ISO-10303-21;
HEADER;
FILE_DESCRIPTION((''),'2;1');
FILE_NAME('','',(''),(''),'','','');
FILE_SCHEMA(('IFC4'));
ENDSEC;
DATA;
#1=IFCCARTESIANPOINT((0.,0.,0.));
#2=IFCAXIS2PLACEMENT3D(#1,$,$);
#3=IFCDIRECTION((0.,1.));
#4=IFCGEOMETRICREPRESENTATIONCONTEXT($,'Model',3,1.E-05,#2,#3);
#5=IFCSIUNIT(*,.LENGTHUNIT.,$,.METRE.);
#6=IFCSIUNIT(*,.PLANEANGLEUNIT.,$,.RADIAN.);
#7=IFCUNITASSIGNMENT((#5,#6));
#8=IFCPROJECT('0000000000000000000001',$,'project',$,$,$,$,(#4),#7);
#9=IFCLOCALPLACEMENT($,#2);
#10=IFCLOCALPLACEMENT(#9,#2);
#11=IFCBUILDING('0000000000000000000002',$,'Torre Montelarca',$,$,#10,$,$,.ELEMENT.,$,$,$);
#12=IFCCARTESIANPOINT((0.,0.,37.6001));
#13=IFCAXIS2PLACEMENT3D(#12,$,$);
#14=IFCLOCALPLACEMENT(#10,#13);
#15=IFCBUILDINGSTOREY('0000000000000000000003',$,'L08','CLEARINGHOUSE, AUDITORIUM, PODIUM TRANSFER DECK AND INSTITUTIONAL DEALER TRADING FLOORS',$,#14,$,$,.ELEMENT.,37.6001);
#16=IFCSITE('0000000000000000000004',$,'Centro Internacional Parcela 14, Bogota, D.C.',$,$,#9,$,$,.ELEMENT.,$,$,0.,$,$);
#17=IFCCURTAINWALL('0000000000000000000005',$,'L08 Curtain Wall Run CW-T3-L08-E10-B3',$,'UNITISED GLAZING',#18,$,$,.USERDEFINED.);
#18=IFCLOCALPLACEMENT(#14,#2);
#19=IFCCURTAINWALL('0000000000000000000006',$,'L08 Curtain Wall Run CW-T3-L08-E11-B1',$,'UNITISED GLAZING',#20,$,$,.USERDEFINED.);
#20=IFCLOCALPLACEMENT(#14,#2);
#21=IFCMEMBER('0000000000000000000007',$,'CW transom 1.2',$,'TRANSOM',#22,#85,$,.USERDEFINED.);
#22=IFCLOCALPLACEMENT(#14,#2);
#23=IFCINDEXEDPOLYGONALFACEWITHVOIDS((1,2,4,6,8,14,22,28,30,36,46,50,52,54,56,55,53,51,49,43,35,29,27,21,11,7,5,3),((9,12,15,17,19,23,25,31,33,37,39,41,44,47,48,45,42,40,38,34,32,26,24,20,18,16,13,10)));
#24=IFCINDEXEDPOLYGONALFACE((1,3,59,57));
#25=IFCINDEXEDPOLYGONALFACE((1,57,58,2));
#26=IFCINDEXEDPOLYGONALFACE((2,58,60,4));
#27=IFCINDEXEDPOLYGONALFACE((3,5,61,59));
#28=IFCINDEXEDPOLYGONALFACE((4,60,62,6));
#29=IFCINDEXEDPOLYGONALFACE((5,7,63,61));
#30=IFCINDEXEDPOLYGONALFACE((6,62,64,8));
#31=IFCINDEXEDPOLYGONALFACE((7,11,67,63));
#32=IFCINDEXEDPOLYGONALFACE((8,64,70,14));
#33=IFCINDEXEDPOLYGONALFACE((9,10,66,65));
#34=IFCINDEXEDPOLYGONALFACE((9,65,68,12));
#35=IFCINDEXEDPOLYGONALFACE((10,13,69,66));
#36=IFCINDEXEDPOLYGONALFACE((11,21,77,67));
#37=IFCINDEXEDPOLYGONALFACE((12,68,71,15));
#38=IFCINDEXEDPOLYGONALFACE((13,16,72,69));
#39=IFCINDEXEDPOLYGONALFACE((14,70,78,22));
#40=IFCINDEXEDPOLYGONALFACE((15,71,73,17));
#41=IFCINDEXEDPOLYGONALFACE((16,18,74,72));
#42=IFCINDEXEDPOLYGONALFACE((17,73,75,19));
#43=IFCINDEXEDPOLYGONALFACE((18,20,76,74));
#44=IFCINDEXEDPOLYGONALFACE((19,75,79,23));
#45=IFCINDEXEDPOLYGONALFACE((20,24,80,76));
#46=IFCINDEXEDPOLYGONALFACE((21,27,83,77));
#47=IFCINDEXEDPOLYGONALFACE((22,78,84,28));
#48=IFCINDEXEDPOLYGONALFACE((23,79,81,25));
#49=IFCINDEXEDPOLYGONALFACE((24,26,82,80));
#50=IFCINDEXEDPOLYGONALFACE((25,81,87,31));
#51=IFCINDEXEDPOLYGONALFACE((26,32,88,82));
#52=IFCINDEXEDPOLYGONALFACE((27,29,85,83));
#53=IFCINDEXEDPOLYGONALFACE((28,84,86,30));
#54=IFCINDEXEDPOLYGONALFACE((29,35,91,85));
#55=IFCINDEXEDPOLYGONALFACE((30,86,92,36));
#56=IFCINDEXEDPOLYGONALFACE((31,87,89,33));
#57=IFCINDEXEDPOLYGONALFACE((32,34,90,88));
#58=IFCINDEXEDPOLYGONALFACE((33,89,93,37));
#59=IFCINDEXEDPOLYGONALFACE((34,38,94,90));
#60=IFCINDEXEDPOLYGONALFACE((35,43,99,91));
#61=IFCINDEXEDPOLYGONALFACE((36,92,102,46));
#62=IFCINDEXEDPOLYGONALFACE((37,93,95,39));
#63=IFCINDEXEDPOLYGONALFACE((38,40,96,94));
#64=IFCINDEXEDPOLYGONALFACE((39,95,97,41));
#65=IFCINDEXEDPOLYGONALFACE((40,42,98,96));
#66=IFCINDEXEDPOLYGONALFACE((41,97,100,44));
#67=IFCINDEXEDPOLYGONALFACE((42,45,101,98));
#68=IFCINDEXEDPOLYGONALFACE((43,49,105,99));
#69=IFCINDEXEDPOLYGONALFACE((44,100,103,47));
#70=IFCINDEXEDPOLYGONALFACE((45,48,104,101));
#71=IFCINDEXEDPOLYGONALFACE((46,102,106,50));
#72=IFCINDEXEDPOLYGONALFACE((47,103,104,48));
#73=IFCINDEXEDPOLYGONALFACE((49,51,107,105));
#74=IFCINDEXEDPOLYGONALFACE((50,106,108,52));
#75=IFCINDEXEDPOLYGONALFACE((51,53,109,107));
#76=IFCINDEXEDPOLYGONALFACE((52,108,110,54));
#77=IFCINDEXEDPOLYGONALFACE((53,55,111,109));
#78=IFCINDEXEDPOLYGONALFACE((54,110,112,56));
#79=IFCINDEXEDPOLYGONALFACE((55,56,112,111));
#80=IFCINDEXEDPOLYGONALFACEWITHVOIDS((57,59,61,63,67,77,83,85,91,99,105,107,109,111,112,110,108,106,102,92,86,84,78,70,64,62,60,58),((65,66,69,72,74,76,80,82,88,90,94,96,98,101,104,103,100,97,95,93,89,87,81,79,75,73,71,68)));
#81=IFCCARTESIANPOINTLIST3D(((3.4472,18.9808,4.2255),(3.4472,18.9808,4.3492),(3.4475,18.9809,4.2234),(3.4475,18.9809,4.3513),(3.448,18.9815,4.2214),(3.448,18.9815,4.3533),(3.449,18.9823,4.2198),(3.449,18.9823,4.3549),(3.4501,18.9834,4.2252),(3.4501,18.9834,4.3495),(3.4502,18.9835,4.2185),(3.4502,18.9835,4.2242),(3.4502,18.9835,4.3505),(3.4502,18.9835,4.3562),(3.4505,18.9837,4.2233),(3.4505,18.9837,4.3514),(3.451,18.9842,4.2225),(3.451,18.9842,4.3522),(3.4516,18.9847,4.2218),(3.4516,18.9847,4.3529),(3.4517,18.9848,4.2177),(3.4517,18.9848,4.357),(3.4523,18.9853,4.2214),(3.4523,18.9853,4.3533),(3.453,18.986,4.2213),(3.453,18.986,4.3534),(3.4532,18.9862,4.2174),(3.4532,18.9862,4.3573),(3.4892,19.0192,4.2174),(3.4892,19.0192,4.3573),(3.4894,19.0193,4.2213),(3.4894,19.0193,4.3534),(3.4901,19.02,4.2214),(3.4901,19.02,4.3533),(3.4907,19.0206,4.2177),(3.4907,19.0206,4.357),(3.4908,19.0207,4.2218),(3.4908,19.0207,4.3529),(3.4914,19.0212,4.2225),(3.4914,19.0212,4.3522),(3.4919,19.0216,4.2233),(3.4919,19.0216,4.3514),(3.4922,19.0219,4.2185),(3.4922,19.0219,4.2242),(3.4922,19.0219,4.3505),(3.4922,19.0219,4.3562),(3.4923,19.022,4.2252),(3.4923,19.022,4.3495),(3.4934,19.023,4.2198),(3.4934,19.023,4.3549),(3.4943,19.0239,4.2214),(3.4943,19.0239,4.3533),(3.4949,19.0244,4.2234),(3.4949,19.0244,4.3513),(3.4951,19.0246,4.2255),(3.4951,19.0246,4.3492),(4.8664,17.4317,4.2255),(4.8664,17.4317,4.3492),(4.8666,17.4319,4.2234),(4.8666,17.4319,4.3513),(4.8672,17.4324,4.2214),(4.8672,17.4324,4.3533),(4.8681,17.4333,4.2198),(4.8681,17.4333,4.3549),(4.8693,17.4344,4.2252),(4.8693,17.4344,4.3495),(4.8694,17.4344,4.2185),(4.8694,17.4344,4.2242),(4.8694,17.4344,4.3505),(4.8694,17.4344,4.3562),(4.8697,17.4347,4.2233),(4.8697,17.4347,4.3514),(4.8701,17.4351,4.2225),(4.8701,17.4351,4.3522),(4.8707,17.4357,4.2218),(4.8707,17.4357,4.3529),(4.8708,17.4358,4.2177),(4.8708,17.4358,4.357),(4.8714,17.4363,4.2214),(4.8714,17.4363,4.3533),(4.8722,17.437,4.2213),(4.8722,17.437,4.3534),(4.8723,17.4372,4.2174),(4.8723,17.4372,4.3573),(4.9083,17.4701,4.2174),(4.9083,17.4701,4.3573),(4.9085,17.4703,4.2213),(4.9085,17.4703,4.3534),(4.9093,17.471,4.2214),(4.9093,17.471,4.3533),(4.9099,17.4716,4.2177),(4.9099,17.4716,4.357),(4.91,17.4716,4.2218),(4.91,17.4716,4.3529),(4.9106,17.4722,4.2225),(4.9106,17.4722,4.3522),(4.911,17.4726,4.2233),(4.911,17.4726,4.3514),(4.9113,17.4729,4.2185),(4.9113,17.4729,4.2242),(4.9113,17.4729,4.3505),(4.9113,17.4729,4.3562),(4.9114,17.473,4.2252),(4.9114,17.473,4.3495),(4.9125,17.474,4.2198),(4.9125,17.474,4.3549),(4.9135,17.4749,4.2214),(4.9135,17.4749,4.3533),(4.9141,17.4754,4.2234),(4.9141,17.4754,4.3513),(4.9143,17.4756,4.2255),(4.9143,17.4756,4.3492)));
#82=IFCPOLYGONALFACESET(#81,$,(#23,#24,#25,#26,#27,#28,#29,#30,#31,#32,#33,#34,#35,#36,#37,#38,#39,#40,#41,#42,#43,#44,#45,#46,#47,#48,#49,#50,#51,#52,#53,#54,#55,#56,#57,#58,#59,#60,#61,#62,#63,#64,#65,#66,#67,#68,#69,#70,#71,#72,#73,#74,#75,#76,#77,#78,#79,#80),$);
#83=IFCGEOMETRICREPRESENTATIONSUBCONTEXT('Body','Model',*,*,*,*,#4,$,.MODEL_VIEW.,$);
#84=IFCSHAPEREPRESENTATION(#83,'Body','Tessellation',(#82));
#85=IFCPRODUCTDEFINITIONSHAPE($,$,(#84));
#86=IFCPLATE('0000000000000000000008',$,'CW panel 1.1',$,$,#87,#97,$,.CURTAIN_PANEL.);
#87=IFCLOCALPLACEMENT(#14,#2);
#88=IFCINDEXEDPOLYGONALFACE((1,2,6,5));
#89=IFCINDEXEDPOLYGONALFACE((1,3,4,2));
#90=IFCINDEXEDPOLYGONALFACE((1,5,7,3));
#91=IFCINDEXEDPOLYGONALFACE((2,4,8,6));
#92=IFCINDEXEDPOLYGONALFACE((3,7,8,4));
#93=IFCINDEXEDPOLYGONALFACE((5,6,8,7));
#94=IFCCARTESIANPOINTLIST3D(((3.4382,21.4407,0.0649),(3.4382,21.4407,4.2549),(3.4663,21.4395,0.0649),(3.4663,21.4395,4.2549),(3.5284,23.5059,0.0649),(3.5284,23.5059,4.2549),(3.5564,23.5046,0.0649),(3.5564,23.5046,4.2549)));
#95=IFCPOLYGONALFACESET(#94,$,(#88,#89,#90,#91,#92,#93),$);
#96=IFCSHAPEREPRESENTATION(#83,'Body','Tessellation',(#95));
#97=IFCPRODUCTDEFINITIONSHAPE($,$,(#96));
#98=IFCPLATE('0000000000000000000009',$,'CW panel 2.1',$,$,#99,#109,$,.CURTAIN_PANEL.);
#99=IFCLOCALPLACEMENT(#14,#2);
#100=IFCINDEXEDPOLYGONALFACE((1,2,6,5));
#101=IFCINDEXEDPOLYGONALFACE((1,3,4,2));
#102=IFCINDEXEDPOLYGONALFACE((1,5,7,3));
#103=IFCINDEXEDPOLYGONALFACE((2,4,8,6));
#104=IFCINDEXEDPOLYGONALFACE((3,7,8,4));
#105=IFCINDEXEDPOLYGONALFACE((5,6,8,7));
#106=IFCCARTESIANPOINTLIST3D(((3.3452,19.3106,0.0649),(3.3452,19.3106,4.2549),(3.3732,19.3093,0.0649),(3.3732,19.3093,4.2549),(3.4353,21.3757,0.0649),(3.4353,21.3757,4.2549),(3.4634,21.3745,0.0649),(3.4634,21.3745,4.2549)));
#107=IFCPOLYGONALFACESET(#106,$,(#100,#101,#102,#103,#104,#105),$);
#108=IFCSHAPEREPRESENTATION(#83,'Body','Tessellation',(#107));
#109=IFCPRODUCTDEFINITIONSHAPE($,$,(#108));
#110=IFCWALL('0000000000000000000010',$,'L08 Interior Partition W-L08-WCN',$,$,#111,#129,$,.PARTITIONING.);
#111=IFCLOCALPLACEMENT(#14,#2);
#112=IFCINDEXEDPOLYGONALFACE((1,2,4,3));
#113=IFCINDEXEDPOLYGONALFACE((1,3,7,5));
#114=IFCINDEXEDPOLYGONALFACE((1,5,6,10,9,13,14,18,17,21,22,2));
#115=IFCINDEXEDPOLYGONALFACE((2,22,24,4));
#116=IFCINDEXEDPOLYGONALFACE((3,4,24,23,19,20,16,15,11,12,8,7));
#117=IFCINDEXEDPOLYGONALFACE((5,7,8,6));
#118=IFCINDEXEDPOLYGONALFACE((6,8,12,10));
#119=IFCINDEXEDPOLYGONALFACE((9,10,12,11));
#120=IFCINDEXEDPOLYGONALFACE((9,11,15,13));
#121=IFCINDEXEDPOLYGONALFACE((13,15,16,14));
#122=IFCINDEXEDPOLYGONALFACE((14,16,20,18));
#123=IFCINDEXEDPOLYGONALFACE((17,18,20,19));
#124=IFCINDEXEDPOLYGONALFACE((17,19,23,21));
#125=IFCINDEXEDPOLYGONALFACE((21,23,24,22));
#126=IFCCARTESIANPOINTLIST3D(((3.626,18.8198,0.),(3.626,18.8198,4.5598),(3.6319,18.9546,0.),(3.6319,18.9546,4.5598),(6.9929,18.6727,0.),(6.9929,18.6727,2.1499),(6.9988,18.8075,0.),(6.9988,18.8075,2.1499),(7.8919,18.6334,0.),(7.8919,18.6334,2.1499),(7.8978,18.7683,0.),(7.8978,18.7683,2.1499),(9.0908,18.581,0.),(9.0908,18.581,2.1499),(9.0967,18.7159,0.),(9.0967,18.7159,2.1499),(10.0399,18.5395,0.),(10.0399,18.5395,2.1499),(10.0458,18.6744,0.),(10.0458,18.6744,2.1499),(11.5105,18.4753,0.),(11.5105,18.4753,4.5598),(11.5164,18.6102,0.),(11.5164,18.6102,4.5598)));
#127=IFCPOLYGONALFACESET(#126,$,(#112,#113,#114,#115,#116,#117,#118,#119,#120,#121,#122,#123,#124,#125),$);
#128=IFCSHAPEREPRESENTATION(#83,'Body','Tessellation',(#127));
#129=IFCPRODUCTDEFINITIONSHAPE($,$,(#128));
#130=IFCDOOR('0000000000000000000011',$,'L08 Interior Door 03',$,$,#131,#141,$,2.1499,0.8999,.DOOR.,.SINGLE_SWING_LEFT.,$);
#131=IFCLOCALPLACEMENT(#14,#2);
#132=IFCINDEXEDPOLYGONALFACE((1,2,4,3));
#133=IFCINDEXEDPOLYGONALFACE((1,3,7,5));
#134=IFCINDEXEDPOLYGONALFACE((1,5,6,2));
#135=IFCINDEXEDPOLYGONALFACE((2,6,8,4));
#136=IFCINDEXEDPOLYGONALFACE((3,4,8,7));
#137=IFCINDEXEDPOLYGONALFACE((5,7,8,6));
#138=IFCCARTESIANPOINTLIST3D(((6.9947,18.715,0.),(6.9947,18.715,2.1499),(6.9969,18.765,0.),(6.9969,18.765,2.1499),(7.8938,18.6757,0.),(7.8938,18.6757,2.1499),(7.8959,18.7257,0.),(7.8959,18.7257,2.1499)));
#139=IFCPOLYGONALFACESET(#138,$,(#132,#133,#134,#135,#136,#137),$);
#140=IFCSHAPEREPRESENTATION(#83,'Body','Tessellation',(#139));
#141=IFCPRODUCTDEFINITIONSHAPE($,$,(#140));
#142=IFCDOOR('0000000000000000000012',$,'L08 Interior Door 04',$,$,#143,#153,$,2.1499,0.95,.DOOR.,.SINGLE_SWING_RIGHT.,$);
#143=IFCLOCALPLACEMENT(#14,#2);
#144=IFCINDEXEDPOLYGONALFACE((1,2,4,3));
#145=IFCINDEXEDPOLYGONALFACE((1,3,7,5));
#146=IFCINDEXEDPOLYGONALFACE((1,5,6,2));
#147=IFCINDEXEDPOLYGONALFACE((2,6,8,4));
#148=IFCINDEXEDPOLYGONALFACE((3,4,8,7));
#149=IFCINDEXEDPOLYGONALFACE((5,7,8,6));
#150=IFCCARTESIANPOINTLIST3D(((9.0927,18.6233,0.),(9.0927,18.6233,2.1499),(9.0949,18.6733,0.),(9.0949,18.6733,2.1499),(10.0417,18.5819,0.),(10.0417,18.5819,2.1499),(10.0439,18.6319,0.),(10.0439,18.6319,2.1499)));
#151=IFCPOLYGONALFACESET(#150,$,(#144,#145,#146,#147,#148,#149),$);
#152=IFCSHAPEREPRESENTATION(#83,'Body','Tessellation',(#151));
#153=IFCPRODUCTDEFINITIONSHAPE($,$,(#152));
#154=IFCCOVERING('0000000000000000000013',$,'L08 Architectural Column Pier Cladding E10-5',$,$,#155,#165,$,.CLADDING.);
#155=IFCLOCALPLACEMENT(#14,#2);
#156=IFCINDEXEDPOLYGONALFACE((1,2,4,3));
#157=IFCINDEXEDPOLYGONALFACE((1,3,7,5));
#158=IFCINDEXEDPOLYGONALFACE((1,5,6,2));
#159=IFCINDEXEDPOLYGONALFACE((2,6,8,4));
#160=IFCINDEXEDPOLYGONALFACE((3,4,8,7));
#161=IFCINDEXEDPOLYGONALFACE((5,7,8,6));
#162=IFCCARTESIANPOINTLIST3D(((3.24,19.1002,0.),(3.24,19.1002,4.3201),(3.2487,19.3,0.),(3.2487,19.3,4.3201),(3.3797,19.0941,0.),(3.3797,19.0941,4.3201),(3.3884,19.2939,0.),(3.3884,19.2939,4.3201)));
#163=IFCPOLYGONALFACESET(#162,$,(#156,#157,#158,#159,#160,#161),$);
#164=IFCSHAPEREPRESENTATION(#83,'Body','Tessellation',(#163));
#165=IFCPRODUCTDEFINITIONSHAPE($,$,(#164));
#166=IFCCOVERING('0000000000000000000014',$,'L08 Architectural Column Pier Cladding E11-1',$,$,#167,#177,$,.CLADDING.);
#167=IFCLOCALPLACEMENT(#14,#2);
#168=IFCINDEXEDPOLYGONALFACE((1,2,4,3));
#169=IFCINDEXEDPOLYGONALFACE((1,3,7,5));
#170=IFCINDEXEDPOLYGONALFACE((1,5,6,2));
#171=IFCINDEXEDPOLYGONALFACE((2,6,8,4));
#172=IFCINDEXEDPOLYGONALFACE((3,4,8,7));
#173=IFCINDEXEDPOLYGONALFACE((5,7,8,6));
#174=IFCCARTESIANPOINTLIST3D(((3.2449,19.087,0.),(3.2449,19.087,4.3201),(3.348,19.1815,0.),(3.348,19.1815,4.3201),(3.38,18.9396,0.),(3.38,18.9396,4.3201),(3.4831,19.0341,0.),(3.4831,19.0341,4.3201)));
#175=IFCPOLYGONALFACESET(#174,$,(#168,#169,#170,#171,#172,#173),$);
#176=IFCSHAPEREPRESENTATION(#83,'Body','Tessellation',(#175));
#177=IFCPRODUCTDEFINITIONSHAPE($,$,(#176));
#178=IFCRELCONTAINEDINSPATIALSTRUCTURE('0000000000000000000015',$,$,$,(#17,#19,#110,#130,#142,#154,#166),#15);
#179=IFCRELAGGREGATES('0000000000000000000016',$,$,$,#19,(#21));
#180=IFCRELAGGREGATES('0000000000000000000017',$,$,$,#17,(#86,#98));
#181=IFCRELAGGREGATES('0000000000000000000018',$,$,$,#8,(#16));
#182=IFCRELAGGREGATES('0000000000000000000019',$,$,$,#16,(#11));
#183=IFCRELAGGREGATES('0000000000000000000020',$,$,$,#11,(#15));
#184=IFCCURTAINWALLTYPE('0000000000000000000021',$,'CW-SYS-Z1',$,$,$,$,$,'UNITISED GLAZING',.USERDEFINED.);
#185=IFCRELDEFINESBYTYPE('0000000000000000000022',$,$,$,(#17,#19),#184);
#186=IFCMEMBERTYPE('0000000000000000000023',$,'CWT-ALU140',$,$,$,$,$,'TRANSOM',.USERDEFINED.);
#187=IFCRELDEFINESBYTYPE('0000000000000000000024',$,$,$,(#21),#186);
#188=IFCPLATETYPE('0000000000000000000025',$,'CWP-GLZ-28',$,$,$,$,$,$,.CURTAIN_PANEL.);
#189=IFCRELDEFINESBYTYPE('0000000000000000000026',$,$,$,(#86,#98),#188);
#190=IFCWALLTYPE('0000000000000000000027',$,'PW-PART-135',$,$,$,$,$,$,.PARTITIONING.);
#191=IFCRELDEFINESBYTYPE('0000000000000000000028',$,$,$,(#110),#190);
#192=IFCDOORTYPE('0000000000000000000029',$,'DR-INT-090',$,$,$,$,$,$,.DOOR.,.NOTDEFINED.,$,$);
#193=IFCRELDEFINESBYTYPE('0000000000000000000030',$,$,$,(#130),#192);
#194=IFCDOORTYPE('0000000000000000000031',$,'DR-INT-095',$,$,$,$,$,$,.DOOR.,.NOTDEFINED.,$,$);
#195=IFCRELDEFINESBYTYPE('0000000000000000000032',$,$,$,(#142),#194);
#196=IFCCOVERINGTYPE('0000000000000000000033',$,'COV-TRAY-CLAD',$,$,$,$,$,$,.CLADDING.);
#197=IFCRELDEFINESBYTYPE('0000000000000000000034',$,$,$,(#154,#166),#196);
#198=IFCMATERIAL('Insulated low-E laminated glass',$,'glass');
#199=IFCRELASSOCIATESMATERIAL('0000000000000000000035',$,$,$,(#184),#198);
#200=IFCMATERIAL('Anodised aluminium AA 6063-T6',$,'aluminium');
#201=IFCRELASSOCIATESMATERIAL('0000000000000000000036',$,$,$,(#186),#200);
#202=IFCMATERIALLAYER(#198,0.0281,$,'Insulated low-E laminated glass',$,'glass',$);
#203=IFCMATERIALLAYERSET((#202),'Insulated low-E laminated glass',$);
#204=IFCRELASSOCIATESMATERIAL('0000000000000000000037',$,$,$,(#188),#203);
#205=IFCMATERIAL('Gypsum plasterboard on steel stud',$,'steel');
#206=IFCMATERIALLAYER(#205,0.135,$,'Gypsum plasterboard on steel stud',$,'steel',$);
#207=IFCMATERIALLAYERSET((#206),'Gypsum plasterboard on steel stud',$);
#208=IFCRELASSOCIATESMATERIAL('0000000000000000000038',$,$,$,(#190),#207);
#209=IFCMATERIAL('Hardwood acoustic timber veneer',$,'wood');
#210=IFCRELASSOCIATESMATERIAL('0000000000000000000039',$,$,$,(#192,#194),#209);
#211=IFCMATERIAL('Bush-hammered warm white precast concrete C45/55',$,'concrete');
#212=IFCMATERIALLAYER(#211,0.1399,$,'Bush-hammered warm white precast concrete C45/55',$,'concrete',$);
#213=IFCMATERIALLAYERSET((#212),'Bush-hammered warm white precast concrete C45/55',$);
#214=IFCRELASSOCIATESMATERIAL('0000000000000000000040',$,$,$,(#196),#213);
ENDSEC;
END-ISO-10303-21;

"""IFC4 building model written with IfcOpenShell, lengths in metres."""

from ifc_helpers import new_model, si_unit, direction, frame, frame_2d, origin, origin_2d, place, context, subcontext, project, spatial, rectangle, hollow_rectangle, extrude, source, transform, mapped, material, layer, layer_set, material_profile, profile_set, type_object, element, fill, aggregate, save


model = new_model("IFC4")

# Units and contexts
model_context = context("Model", 3, precision=1e-05, world=origin(), true_north=direction((0.0, 1.0)))
body_context = subcontext(model_context, "Body", "Model", "MODEL_VIEW")
ifc_project = project(units=[si_unit("LENGTHUNIT", "METRE"), si_unit("PLANEANGLEUNIT", "RADIAN")], contexts=[model_context])

# Site, building, storey
site_placement = place(None, origin())
site = spatial("IfcSite", under=ifc_project, at=site_placement, Name="Centro Internacional Parcela 14, Bogota, D.C.", CompositionType="ELEMENT", RefElevation=0.0)
building_placement = place(site_placement, origin())
building = spatial("IfcBuilding", under=site, at=building_placement, Name="Torre Montelarca", CompositionType="ELEMENT")
storey_placement = place(building_placement, frame((0.0, 0.0, 37.6001)))
storey = spatial("IfcBuildingStorey", under=building, at=storey_placement, Name="L08", Description="CLEARINGHOUSE, AUDITORIUM, PODIUM TRANSFER DECK AND INSTITUTIONAL DEALER TRADING FLOORS", CompositionType="ELEMENT", Elevation=37.6001)

# Curtain wall
ifc_material_1 = material(Name="Insulated low-E laminated glass", Category="glass")
curtain_wall_type = type_object("IfcCurtainWallType", Name="CW-SYS-Z1", ElementType="UNITISED GLAZING", PredefinedType="USERDEFINED", material=ifc_material_1)
curtain_wall_1_placement = place(storey_placement, origin())
curtain_wall_1 = element("IfcCurtainWall", 1, at=curtain_wall_1_placement, inside=storey, type_object=curtain_wall_type, Name="L08 Curtain Wall Run CW-T3-L08-E10-B3", ObjectType="UNITISED GLAZING", PredefinedType="USERDEFINED")
ifc_material_2 = material(Name="Anodised aluminium AA 6063-T6", Category="aluminium")
ifc_material_profile_1 = material_profile(ifc_material_2, hollow_rectangle(XDim=0.0649, YDim=0.1399, WallThickness=0.0039, InnerFilletRadius=0.0039, OuterFilletRadius=0.0081, at=origin_2d()), Name="ALU65X140X4", Category="aluminium")
ifc_profile_set_1 = profile_set([ifc_material_profile_1], Name="Anodised aluminium AA 6063-T6")
member_type_1 = type_object("IfcMemberType", Name="CWT-ALU140", ElementType="TRANSOM", PredefinedType="USERDEFINED", material=ifc_profile_set_1)

# Curtain wall, member
curtain_wall_2_placement = place(storey_placement, origin())
curtain_wall_2 = element("IfcCurtainWall", 2, at=curtain_wall_2_placement, inside=storey, type_object=curtain_wall_type, Name="L08 Curtain Wall Run CW-T3-L08-E11-B1", ObjectType="UNITISED GLAZING", PredefinedType="USERDEFINED")
shared_shape_1 = source(origin(), body_context, "Body", "SweptSolid", [
    extrude(hollow_rectangle(XDim=0.0649, YDim=0.1399, WallThickness=0.0039, InnerFilletRadius=0.0039, OuterFilletRadius=0.0081, at=origin_2d()), origin(), (0.0, 0.0, 1.0), 2.1008),
])
member_1_placement = place(storey_placement, frame((3.4712, 19.0027, 4.2874), z_axis=(0.675519, -0.737342, 0.0), x_axis=(0.737342, 0.675519, 0.0)))
member_1 = element("IfcMember", 3, at=member_1_placement, type_object=member_type_1, Name="CW transom 1.2", ObjectType="TRANSOM", PredefinedType="USERDEFINED", context=body_context, shape_type="MappedRepresentation", body=[
    mapped(shared_shape_1, transform((0.0, 0.0, 0.0), scale=1.0)),
])
aggregate(curtain_wall_2, [member_1])

# Plates
ifc_layer_1 = layer(ifc_material_1, 0.0281, Name="Insulated low-E laminated glass", Category="glass")
ifc_layer_set_1 = layer_set([ifc_layer_1], Name="Insulated low-E laminated glass")
plate_type = type_object("IfcPlateType", Name="CWP-GLZ-28", PredefinedType="CURTAIN_PANEL", material=ifc_layer_set_1)
shared_shape_2 = source(origin(), body_context, "Body", "SweptSolid", [
    extrude(rectangle(XDim=2.0671, YDim=0.0281, at=origin_2d()), origin(), (0.0, 0.0, 1.0), 4.1899),
])
plate_1_placement = place(storey_placement, frame((3.4973, 22.4727, 0.0649), z_axis=(0.0, 0.0, 1.0), x_axis=(-0.043611, -0.999049, 0.0)))
plate_1 = element("IfcPlate", 4, at=plate_1_placement, type_object=plate_type, Name="CW panel 1.1", PredefinedType="CURTAIN_PANEL", context=body_context, shape_type="MappedRepresentation", body=[
    mapped(shared_shape_2, transform((0.0, 0.0, 0.0), scale=1.0)),
])
plate_2_placement = place(storey_placement, frame((3.4043, 20.3425, 0.0649), z_axis=(0.0, 0.0, 1.0), x_axis=(-0.043611, -0.999049, 0.0)))
plate_2 = element("IfcPlate", 5, at=plate_2_placement, type_object=plate_type, Name="CW panel 2.1", PredefinedType="CURTAIN_PANEL", context=body_context, shape_type="MappedRepresentation", body=[
    mapped(shared_shape_2, transform((0.0, 0.0, 0.0), scale=1.0)),
])
aggregate(curtain_wall_1, [plate_1, plate_2])

# Wall, openings, doors
ifc_material_3 = material(Name="Gypsum plasterboard on steel stud", Category="steel")
ifc_layer_2 = layer(ifc_material_3, 0.135, Name="Gypsum plasterboard on steel stud", Category="steel")
ifc_layer_set_2 = layer_set([ifc_layer_2], Name="Gypsum plasterboard on steel stud")
wall_type = type_object("IfcWallType", Name="PW-PART-135", PredefinedType="PARTITIONING", material=ifc_layer_set_2)
wall_placement = place(storey_placement, frame((3.6289, 18.8872, 0.0), z_axis=(0.0, 0.0, 1.0), x_axis=(0.999047, -0.043649, 0.0)))
wall = element("IfcWall", 6, at=wall_placement, inside=storey, type_object=wall_type, Name="L08 Interior Partition W-L08-WCN", PredefinedType="PARTITIONING", context=body_context, shape_type="SweptSolid", body=[
    extrude(rectangle(XDim=7.8921, YDim=0.135, at=frame_2d((3.946, 0.0))), origin(), (0.0, 0.0, 1.0), 4.5598),
])
opening_1_placement = place(wall_placement, frame((3.3701, 0.0, 0.0)))
opening_1 = element("IfcOpeningElement", 7, at=opening_1_placement, cuts=wall, PredefinedType="OPENING", context=body_context, shape_type="SweptSolid", body=[
    extrude(rectangle(XDim=0.8999, YDim=2.1499, at=frame_2d((0.45, 1.075))), frame((0.0, 0.0776, 0.0), z_axis=(0.0, -1.0, 0.0), x_axis=(1.0, 0.0, 0.0)), (0.0, 0.0, 1.0), 0.155),
])
opening_2_placement = place(wall_placement, frame((5.47, 0.0, 0.0)))
opening_2 = element("IfcOpeningElement", 8, at=opening_2_placement, cuts=wall, PredefinedType="OPENING", context=body_context, shape_type="SweptSolid", body=[
    extrude(rectangle(XDim=0.95, YDim=2.1499, at=frame_2d((0.4751, 1.075))), frame((0.0, 0.0776, 0.0), z_axis=(0.0, -1.0, 0.0), x_axis=(1.0, 0.0, 0.0)), (0.0, 0.0, 1.0), 0.155),
])
ifc_material_4 = material(Name="Hardwood acoustic timber veneer", Category="wood")
door_type_1 = type_object("IfcDoorType", Name="DR-INT-090", OperationType="NOTDEFINED", PredefinedType="DOOR", material=ifc_material_4)
shared_shape_3 = source(origin(), body_context, "Body", "SweptSolid", [
    extrude(rectangle(XDim=0.8999, YDim=2.1499, at=frame_2d((0.45, 1.075))), frame((0.0, 0.0249, 0.0), z_axis=(0.0, -1.0, 0.0), x_axis=(1.0, 0.0, 0.0)), (0.0, 0.0, 1.0), 0.05),
])
door_1_placement = place(opening_1_placement, origin())
door_1 = element("IfcDoor", 9, at=door_1_placement, inside=storey, type_object=door_type_1, Name="L08 Interior Door 03", OperationType="SINGLE_SWING_LEFT", OverallHeight=2.1499, OverallWidth=0.8999, PredefinedType="DOOR", context=body_context, shape_type="MappedRepresentation", body=[
    mapped(shared_shape_3, transform((0.0, 0.0, 0.0), scale=1.0)),
])
fill(opening_1, door_1)
door_type_2 = type_object("IfcDoorType", Name="DR-INT-095", OperationType="NOTDEFINED", PredefinedType="DOOR", material=ifc_material_4)
shared_shape_4 = source(origin(), body_context, "Body", "SweptSolid", [
    extrude(rectangle(XDim=0.95, YDim=2.1499, at=frame_2d((0.4751, 1.075))), frame((0.0, 0.0249, 0.0), z_axis=(0.0, -1.0, 0.0), x_axis=(1.0, 0.0, 0.0)), (0.0, 0.0, 1.0), 0.05),
])
door_2_placement = place(opening_2_placement, origin())
door_2 = element("IfcDoor", 10, at=door_2_placement, inside=storey, type_object=door_type_2, Name="L08 Interior Door 04", OperationType="SINGLE_SWING_RIGHT", OverallHeight=2.1499, OverallWidth=0.95, PredefinedType="DOOR", context=body_context, shape_type="MappedRepresentation", body=[
    mapped(shared_shape_4, transform((0.0, 0.0, 0.0), scale=1.0)),
])
fill(opening_2, door_2)

# Coverings
ifc_material_5 = material(Name="Bush-hammered warm white precast concrete C45/55", Category="concrete")
ifc_layer_3 = layer(ifc_material_5, 0.1399, Name="Bush-hammered warm white precast concrete C45/55", Category="concrete")
ifc_layer_set_3 = layer_set([ifc_layer_3], Name="Bush-hammered warm white precast concrete C45/55")
covering_type = type_object("IfcCoveringType", Name="COV-TRAY-CLAD", PredefinedType="CLADDING", material=ifc_layer_set_3)
shared_shape_5 = source(origin(), body_context, "Body", "SweptSolid", [
    extrude(rectangle(XDim=0.2, YDim=0.1399, at=origin_2d()), origin(), (0.0, 0.0, 1.0), 4.3201),
])
for number, where, z_axis, x_axis, name in (
    (11, (3.3142, 19.197, 0.0), (0.0, 0.0, 1.0), (-0.043619, -0.999048, 0.0), "L08 Architectural Column Pier Cladding E10-5"),
    (12, (3.364, 19.0605, 0.0), (0.0, 0.0, 1.0), (0.675586, -0.737281, 0.0), "L08 Architectural Column Pier Cladding E11-1"),
):
    element("IfcCovering", number, at=place(storey_placement, frame(where, z_axis=z_axis, x_axis=x_axis)), inside=storey, type_object=covering_type, Name=name, PredefinedType="CLADDING", context=body_context, shape_type="MappedRepresentation", body=[
        mapped(shared_shape_5, transform((0.0, 0.0, 0.0), scale=1.0)),
    ])

save(model, "model.ifc")
